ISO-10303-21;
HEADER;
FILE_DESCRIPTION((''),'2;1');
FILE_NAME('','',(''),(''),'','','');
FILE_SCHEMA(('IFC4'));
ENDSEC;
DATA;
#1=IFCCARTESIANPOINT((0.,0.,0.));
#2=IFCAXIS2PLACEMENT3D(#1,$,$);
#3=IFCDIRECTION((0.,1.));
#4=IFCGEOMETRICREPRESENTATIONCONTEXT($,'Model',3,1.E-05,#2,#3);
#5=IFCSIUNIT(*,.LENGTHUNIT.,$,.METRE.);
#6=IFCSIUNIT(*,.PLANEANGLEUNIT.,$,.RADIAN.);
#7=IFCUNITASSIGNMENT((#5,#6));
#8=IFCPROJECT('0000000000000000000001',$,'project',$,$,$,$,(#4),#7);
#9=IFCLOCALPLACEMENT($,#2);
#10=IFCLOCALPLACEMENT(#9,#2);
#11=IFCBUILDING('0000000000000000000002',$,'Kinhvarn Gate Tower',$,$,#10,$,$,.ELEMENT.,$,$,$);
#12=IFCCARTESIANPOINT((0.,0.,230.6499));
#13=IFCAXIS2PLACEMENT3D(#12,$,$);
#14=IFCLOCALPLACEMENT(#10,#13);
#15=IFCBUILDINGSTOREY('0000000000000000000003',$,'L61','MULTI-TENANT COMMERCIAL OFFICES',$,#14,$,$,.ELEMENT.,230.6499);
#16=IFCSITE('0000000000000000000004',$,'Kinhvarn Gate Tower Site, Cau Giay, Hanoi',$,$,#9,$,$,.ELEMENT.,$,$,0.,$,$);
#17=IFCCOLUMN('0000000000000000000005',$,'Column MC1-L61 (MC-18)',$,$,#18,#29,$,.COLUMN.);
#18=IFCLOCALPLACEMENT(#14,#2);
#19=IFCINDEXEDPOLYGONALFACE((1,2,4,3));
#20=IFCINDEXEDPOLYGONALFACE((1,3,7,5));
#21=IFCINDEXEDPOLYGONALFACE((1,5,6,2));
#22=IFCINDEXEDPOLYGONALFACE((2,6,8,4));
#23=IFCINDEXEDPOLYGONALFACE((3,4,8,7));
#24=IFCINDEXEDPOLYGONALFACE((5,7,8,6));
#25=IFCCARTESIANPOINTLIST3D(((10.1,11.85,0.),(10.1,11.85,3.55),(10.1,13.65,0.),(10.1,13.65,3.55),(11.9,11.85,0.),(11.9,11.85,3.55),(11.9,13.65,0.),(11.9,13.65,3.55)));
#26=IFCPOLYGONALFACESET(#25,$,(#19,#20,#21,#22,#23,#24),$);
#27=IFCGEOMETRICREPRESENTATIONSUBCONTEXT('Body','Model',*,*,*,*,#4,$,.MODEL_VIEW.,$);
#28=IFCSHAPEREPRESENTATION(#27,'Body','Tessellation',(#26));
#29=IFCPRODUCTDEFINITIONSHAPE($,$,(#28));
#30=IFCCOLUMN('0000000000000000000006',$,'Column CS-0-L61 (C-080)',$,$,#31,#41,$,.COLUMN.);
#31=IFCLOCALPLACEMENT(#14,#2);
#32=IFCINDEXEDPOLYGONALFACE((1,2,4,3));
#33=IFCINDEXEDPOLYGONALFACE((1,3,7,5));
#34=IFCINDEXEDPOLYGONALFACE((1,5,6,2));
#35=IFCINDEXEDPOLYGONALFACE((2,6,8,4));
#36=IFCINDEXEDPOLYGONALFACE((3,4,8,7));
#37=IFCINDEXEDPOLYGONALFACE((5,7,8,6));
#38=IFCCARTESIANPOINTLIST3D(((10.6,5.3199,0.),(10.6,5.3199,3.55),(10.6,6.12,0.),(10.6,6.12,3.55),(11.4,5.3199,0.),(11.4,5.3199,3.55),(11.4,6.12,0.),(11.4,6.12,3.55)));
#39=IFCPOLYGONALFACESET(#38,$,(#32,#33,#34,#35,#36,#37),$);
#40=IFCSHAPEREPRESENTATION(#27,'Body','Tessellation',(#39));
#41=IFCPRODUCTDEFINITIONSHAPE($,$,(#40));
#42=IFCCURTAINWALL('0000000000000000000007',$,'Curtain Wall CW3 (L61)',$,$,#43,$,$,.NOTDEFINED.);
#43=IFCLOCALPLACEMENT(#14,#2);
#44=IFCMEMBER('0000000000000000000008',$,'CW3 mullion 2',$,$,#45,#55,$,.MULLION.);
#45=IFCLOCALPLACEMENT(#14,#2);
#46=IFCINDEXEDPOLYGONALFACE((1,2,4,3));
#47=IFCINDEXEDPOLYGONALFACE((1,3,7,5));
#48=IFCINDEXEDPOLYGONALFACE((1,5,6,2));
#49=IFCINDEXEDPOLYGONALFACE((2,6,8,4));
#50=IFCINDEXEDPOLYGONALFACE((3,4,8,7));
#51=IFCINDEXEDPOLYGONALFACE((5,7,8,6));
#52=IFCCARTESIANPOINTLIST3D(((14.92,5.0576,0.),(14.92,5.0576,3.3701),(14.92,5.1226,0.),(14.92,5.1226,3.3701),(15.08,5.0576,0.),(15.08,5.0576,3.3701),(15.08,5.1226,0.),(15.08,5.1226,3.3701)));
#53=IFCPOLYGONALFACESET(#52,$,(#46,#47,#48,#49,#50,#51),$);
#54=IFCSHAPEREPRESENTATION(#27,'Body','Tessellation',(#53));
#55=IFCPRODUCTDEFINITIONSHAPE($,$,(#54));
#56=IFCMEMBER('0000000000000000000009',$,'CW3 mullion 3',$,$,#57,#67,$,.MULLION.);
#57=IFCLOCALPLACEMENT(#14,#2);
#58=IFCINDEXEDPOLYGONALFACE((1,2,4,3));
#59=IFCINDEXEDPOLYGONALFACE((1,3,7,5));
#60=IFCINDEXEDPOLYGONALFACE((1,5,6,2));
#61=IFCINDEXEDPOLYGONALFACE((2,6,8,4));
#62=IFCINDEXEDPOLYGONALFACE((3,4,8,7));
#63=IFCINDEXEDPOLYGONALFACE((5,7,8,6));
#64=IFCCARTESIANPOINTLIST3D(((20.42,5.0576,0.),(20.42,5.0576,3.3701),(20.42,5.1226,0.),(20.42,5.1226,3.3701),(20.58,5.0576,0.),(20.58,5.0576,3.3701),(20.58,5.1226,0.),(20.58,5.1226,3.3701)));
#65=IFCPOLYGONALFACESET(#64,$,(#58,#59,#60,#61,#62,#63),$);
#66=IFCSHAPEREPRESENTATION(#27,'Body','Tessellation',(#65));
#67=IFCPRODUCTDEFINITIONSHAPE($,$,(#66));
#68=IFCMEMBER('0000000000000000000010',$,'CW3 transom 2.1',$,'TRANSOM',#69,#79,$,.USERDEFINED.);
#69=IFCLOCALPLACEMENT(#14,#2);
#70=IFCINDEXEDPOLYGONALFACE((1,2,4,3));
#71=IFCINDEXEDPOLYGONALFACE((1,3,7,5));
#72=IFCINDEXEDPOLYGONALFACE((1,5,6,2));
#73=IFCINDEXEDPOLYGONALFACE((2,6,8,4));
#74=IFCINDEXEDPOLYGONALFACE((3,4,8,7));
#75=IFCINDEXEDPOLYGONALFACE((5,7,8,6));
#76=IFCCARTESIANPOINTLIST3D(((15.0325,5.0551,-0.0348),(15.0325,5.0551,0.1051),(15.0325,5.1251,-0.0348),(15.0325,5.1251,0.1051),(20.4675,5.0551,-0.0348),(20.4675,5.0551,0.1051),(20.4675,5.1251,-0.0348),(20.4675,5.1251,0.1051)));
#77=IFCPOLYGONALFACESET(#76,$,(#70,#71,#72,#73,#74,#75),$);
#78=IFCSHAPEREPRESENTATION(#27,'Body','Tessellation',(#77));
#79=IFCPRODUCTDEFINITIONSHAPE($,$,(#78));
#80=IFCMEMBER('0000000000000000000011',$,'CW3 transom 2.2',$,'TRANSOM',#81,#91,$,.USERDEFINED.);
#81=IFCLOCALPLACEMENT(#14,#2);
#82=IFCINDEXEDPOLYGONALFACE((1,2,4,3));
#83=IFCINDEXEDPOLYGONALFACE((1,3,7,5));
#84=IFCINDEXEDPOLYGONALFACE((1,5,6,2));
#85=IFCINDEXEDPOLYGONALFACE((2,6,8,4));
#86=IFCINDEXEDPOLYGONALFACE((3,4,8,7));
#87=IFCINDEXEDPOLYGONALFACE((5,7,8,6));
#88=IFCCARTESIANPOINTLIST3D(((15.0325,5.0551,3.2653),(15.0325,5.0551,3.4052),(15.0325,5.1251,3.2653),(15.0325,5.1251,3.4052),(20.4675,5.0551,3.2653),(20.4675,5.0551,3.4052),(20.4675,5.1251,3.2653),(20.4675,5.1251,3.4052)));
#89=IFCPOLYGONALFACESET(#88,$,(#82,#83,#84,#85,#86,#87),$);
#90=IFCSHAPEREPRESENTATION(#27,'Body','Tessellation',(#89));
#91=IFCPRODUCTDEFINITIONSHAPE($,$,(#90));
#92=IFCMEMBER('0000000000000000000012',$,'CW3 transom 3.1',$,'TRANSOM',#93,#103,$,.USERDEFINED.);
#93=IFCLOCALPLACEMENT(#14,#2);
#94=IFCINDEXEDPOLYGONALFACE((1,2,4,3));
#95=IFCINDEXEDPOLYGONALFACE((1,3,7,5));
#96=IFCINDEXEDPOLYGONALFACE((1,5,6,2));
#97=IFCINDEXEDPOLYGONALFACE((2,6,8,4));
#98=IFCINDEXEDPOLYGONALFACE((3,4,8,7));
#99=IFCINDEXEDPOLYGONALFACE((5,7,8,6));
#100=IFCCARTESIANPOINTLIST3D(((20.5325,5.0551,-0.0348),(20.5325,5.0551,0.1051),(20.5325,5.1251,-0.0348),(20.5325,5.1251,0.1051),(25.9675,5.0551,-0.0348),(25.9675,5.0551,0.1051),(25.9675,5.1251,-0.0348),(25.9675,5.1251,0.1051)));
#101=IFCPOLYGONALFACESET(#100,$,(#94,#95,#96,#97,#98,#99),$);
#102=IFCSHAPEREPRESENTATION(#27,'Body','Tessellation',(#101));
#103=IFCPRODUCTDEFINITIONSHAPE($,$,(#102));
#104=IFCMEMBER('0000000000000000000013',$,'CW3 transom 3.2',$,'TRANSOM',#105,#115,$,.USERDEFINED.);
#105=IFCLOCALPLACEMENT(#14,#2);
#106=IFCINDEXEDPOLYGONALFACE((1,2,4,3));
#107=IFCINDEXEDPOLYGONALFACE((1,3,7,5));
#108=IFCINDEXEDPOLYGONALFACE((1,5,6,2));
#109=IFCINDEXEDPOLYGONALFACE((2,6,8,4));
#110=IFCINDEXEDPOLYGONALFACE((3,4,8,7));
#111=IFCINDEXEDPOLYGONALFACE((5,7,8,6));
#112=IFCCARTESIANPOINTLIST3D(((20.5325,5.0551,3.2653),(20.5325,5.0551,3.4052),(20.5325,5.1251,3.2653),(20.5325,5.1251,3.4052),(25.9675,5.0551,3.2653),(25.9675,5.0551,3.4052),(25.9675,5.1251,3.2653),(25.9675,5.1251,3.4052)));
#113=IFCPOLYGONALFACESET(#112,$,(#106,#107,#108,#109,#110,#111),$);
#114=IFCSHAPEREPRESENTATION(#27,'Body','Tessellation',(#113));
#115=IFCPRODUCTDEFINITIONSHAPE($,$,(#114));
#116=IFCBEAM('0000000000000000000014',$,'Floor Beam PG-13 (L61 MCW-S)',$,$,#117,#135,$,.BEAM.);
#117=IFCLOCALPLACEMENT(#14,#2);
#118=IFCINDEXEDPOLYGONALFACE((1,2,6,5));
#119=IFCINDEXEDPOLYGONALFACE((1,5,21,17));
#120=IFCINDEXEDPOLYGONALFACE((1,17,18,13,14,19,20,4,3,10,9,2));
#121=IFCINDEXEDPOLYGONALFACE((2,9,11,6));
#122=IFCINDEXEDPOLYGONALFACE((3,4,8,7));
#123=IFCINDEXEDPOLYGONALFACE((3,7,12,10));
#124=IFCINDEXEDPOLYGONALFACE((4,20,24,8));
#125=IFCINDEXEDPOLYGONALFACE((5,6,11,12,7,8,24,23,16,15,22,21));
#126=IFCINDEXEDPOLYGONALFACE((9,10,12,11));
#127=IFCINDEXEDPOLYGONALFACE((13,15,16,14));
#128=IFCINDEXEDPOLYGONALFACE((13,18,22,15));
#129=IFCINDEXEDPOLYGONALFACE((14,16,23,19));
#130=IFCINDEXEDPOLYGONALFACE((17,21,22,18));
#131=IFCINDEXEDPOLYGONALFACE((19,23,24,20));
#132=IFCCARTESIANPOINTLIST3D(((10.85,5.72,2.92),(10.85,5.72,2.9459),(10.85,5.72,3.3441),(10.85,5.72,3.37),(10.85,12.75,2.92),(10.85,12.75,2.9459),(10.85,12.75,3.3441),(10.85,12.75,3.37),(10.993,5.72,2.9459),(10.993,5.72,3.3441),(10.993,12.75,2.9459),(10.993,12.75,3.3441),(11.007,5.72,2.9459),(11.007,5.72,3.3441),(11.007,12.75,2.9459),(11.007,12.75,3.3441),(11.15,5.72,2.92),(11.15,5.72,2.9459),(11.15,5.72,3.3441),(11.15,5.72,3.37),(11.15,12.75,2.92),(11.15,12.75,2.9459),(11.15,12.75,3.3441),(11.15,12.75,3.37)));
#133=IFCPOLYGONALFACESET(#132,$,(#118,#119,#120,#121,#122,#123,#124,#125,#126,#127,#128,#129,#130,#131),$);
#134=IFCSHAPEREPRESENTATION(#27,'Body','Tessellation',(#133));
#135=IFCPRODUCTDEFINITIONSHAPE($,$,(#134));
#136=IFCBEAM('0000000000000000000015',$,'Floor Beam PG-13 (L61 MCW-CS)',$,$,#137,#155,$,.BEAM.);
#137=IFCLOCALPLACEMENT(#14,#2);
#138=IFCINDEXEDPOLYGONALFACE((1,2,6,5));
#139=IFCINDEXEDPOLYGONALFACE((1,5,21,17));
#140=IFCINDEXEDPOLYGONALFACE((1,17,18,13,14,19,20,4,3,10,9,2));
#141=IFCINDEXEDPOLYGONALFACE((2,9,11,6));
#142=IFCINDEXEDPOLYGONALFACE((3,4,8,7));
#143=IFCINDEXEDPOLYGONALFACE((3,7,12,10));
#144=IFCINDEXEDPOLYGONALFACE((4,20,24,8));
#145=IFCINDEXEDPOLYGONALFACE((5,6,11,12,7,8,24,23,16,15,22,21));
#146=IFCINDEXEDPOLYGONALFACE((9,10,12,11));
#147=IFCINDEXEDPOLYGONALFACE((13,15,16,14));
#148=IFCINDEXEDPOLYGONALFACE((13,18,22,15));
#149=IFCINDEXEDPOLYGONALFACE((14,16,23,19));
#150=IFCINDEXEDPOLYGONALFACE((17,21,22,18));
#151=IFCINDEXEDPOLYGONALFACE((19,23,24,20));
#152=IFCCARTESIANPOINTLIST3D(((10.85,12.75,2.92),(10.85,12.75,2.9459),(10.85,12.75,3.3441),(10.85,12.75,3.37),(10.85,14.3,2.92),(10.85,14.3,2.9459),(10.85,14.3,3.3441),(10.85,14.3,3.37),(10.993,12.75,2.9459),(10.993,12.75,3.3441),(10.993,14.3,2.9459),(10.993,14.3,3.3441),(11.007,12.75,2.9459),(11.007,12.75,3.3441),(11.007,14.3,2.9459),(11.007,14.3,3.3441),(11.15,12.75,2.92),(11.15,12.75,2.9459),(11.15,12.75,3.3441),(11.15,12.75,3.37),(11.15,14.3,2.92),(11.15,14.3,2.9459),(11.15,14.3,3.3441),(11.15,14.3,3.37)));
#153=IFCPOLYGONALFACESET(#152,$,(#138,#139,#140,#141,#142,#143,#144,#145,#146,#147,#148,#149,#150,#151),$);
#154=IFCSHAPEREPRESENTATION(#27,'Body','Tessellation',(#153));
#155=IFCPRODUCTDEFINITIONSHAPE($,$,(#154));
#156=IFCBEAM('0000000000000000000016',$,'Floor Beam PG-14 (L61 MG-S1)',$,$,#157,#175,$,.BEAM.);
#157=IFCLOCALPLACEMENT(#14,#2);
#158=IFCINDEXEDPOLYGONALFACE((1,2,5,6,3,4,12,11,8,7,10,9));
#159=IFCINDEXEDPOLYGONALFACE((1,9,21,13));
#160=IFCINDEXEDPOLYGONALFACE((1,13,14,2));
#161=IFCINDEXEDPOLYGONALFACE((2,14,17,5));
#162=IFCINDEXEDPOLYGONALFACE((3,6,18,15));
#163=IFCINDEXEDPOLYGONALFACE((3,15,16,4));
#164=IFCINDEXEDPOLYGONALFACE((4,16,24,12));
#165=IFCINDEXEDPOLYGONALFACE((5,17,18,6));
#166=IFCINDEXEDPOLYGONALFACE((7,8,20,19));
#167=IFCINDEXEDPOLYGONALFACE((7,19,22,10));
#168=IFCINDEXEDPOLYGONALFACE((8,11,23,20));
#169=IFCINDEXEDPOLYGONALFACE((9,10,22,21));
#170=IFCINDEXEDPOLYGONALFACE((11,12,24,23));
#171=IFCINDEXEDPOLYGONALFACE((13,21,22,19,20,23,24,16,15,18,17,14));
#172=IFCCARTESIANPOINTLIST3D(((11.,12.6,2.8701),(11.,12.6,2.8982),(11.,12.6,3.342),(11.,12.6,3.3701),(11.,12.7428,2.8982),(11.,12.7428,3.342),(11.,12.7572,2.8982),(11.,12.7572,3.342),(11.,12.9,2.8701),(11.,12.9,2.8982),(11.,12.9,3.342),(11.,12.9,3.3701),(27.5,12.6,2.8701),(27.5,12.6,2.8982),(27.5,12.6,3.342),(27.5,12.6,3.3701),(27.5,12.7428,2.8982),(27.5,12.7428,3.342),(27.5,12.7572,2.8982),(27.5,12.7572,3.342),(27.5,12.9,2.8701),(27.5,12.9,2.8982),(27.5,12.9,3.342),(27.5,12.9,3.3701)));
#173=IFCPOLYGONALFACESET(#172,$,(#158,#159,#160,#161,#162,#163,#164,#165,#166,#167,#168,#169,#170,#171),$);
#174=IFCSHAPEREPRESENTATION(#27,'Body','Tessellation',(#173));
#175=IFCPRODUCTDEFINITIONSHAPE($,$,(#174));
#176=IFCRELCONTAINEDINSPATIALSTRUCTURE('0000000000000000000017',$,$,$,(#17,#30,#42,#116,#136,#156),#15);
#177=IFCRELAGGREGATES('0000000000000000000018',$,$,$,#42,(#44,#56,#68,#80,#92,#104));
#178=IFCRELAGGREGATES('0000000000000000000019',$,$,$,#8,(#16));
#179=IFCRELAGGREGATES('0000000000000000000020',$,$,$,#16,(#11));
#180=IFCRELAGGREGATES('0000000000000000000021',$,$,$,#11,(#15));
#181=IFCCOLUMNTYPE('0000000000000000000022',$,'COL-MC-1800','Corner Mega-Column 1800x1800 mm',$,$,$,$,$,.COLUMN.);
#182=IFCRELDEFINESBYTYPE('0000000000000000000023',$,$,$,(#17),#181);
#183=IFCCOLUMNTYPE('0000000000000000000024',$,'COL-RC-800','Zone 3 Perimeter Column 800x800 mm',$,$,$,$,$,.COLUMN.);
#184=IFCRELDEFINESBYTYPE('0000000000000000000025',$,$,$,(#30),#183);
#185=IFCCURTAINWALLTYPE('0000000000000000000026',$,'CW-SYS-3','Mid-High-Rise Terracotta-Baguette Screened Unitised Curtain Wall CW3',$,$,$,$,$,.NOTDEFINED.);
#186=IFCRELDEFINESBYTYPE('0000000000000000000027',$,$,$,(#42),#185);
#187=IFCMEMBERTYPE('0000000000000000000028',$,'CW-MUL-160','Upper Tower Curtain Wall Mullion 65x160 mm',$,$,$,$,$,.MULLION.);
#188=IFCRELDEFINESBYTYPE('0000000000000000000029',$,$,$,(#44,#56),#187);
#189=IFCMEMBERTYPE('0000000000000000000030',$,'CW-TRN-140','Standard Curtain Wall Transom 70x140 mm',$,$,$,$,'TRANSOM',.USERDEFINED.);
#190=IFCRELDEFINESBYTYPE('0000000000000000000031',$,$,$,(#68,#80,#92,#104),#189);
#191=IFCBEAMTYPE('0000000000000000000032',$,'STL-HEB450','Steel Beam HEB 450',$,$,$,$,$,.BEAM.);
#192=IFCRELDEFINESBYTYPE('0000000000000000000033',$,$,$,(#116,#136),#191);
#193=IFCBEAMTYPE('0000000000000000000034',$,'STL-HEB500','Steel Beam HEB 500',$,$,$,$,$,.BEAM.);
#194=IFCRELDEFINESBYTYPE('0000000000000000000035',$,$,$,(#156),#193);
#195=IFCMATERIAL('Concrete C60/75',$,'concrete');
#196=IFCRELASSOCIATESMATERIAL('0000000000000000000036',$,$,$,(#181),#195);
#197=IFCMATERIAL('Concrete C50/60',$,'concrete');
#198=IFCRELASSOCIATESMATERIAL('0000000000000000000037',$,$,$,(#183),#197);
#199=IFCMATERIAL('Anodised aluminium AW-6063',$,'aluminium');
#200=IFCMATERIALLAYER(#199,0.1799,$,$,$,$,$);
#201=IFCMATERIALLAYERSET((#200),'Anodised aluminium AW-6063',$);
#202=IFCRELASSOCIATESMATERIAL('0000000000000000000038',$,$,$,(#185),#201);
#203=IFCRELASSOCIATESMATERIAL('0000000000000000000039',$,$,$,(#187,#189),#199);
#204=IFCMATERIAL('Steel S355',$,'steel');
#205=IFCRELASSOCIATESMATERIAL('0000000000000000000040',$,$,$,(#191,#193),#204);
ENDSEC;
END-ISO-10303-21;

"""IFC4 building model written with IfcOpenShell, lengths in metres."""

from ifc_helpers import new_model, si_unit, direction, frame, origin, origin_2d, place, context, subcontext, project, spatial, rectangle, i_section, extrude, material, layer, layer_set, material_profile, profile_set, type_object, element, aggregate, save


model = new_model("IFC4")

# Units and contexts
model_context = context("Model", 3, precision=1e-05, world=origin(), true_north=direction((0.0, 1.0)))
body_context = subcontext(model_context, "Body", "Model", "MODEL_VIEW")
ifc_project = project(units=[si_unit("LENGTHUNIT", "METRE"), si_unit("PLANEANGLEUNIT", "RADIAN")], contexts=[model_context])

# Site, building, storey
site_placement = place(None, origin())
site = spatial("IfcSite", under=ifc_project, at=site_placement, Name="Kinhvarn Gate Tower Site, Cau Giay, Hanoi", CompositionType="ELEMENT", RefElevation=0.0)
building_placement = place(site_placement, origin())
building = spatial("IfcBuilding", under=site, at=building_placement, Name="Kinhvarn Gate Tower", CompositionType="ELEMENT")
storey_placement = place(building_placement, frame((0.0, 0.0, 230.6499)))
storey = spatial("IfcBuildingStorey", under=building, at=storey_placement, Name="L61", Description="MULTI-TENANT COMMERCIAL OFFICES", CompositionType="ELEMENT", Elevation=230.6499)

# Columns
ifc_material_1 = material(Name="Concrete C60/75", Category="concrete")
ifc_material_profile_1 = material_profile(ifc_material_1, rectangle(XDim=1.8, YDim=1.8, at=origin_2d()), Name="RC 1800x1800")
ifc_profile_set_1 = profile_set([ifc_material_profile_1], Name="Concrete C60/75")
column_type_1 = type_object("IfcColumnType", Name="COL-MC-1800", Description="Corner Mega-Column 1800x1800 mm", PredefinedType="COLUMN", material=ifc_profile_set_1)
column_1_placement = place(storey_placement, frame((11.0, 12.75, 0.0), z_axis=(0.0, 0.0, 1.0), x_axis=(1.0, 0.0, 0.0)))
element("IfcColumn", 1, at=column_1_placement, inside=storey, type_object=column_type_1, Name="Column MC1-L61 (MC-18)", PredefinedType="COLUMN", context=body_context, shape_type="SweptSolid", body=[
    extrude(rectangle(XDim=1.8, YDim=1.8, at=origin_2d()), origin(), (0.0, 0.0, 1.0), 3.55),
])
ifc_material_2 = material(Name="Concrete C50/60", Category="concrete")
ifc_material_profile_2 = material_profile(ifc_material_2, rectangle(XDim=0.8, YDim=0.8, at=origin_2d()), Name="RC 800x800")
ifc_profile_set_2 = profile_set([ifc_material_profile_2], Name="Concrete C50/60")
column_type_2 = type_object("IfcColumnType", Name="COL-RC-800", Description="Zone 3 Perimeter Column 800x800 mm", PredefinedType="COLUMN", material=ifc_profile_set_2)
column_2_placement = place(storey_placement, frame((11.0, 5.72, 0.0), z_axis=(0.0, 0.0, 1.0), x_axis=(1.0, 0.0, 0.0)))
element("IfcColumn", 2, at=column_2_placement, inside=storey, type_object=column_type_2, Name="Column CS-0-L61 (C-080)", PredefinedType="COLUMN", context=body_context, shape_type="SweptSolid", body=[
    extrude(rectangle(XDim=0.8, YDim=0.8, at=origin_2d()), origin(), (0.0, 0.0, 1.0), 3.55),
])

# Curtain wall, members
ifc_material_3 = material(Name="Anodised aluminium AW-6063", Category="aluminium")
ifc_layer_1 = layer(ifc_material_3, 0.1799)
ifc_layer_set_1 = layer_set([ifc_layer_1], Name="Anodised aluminium AW-6063")
curtain_wall_type = type_object("IfcCurtainWallType", Name="CW-SYS-3", Description="Mid-High-Rise Terracotta-Baguette Screened Unitised Curtain Wall CW3", PredefinedType="NOTDEFINED", material=ifc_layer_set_1)
curtain_wall_placement = place(storey_placement, origin())
curtain_wall = element("IfcCurtainWall", 3, at=curtain_wall_placement, inside=storey, type_object=curtain_wall_type, Name="Curtain Wall CW3 (L61)", PredefinedType="NOTDEFINED")
ifc_material_profile_3 = material_profile(ifc_material_3, rectangle(XDim=0.0649, YDim=0.1599, at=origin_2d()), Name="ALU 65x160")
ifc_profile_set_3 = profile_set([ifc_material_profile_3], Name="Anodised aluminium AW-6063")
member_type_1 = type_object("IfcMemberType", Name="CW-MUL-160", Description="Upper Tower Curtain Wall Mullion 65x160 mm", PredefinedType="MULLION", material=ifc_profile_set_3)
member_1_placement = place(storey_placement, frame((15.0, 5.0901, 0.0), z_axis=(0.0, 0.0, 1.0), x_axis=(0.0, 1.0, 0.0)))
member_1 = element("IfcMember", 4, at=member_1_placement, type_object=member_type_1, Name="CW3 mullion 2", PredefinedType="MULLION", context=body_context, shape_type="SweptSolid", body=[
    extrude(rectangle(XDim=0.0649, YDim=0.1599, at=origin_2d()), origin(), (0.0, 0.0, 1.0), 3.3701),
])
member_2_placement = place(storey_placement, frame((20.5, 5.0901, 0.0), z_axis=(0.0, 0.0, 1.0), x_axis=(0.0, 1.0, 0.0)))
member_2 = element("IfcMember", 5, at=member_2_placement, type_object=member_type_1, Name="CW3 mullion 3", PredefinedType="MULLION", context=body_context, shape_type="SweptSolid", body=[
    extrude(rectangle(XDim=0.0649, YDim=0.1599, at=origin_2d()), origin(), (0.0, 0.0, 1.0), 3.3701),
])
ifc_material_profile_4 = material_profile(ifc_material_3, rectangle(XDim=0.0701, YDim=0.1399, at=origin_2d()), Name="ALU 70x140")
ifc_profile_set_4 = profile_set([ifc_material_profile_4], Name="Anodised aluminium AW-6063")
member_type_2 = type_object("IfcMemberType", Name="CW-TRN-140", Description="Standard Curtain Wall Transom 70x140 mm", ElementType="TRANSOM", PredefinedType="USERDEFINED", material=ifc_profile_set_4)
member_3_placement = place(storey_placement, frame((15.0325, 5.0901, 0.0352), z_axis=(1.0, 0.0, 0.0), x_axis=(0.0, 1.0, 0.0)))
member_3 = element("IfcMember", 6, at=member_3_placement, type_object=member_type_2, Name="CW3 transom 2.1", ObjectType="TRANSOM", PredefinedType="USERDEFINED", context=body_context, shape_type="SweptSolid", body=[
    extrude(rectangle(XDim=0.0701, YDim=0.1399, at=origin_2d()), origin(), (0.0, 0.0, 1.0), 5.4351),
])
member_4_placement = place(storey_placement, frame((15.0325, 5.0901, 3.3352), z_axis=(1.0, 0.0, 0.0), x_axis=(0.0, 1.0, 0.0)))
member_4 = element("IfcMember", 7, at=member_4_placement, type_object=member_type_2, Name="CW3 transom 2.2", ObjectType="TRANSOM", PredefinedType="USERDEFINED", context=body_context, shape_type="SweptSolid", body=[
    extrude(rectangle(XDim=0.0701, YDim=0.1399, at=origin_2d()), origin(), (0.0, 0.0, 1.0), 5.4351),
])
member_5_placement = place(storey_placement, frame((20.5325, 5.0901, 0.0352), z_axis=(1.0, 0.0, 0.0), x_axis=(0.0, 1.0, 0.0)))
member_5 = element("IfcMember", 8, at=member_5_placement, type_object=member_type_2, Name="CW3 transom 3.1", ObjectType="TRANSOM", PredefinedType="USERDEFINED", context=body_context, shape_type="SweptSolid", body=[
    extrude(rectangle(XDim=0.0701, YDim=0.1399, at=origin_2d()), origin(), (0.0, 0.0, 1.0), 5.4351),
])
member_6_placement = place(storey_placement, frame((20.5325, 5.0901, 3.3352), z_axis=(1.0, 0.0, 0.0), x_axis=(0.0, 1.0, 0.0)))
member_6 = element("IfcMember", 9, at=member_6_placement, type_object=member_type_2, Name="CW3 transom 3.2", ObjectType="TRANSOM", PredefinedType="USERDEFINED", context=body_context, shape_type="SweptSolid", body=[
    extrude(rectangle(XDim=0.0701, YDim=0.1399, at=origin_2d()), origin(), (0.0, 0.0, 1.0), 5.4351),
])

# Beams
ifc_material_4 = material(Name="Steel S355", Category="steel")
ifc_material_profile_5 = material_profile(ifc_material_4, i_section(OverallWidth=0.3, OverallDepth=0.45, WebThickness=0.0139, FlangeThickness=0.0259, at=origin_2d()), Name="HEB 450")
ifc_profile_set_5 = profile_set([ifc_material_profile_5], Name="Steel S355")
beam_type_1 = type_object("IfcBeamType", Name="STL-HEB450", Description="Steel Beam HEB 450", PredefinedType="BEAM", material=ifc_profile_set_5)
beam_1_placement = place(storey_placement, frame((11.0, 5.72, 3.145), z_axis=(0.0, 1.0, 0.0), x_axis=(-1.0, 0.0, 0.0)))
element("IfcBeam", 10, at=beam_1_placement, inside=storey, type_object=beam_type_1, Name="Floor Beam PG-13 (L61 MCW-S)", PredefinedType="BEAM", context=body_context, shape_type="SweptSolid", body=[
    extrude(i_section(OverallWidth=0.3, OverallDepth=0.45, WebThickness=0.0139, FlangeThickness=0.0259, at=origin_2d()), origin(), (0.0, 0.0, 1.0), 7.03),
])
beam_2_placement = place(storey_placement, frame((11.0, 12.75, 3.145), z_axis=(0.0, 1.0, 0.0), x_axis=(-1.0, 0.0, 0.0)))
element("IfcBeam", 11, at=beam_2_placement, inside=storey, type_object=beam_type_1, Name="Floor Beam PG-13 (L61 MCW-CS)", PredefinedType="BEAM", context=body_context, shape_type="SweptSolid", body=[
    extrude(i_section(OverallWidth=0.3, OverallDepth=0.45, WebThickness=0.0139, FlangeThickness=0.0259, at=origin_2d()), origin(), (0.0, 0.0, 1.0), 1.55),
])
ifc_material_profile_6 = material_profile(ifc_material_4, i_section(OverallWidth=0.3, OverallDepth=0.5, WebThickness=0.0144, FlangeThickness=0.0281, at=origin_2d()), Name="HEB 500")
ifc_profile_set_6 = profile_set([ifc_material_profile_6], Name="Steel S355")
beam_type_2 = type_object("IfcBeamType", Name="STL-HEB500", Description="Steel Beam HEB 500", PredefinedType="BEAM", material=ifc_profile_set_6)
beam_3_placement = place(storey_placement, frame((11.0, 12.75, 3.1201), z_axis=(1.0, 0.0, 0.0), x_axis=(0.0, 1.0, 0.0)))
element("IfcBeam", 12, at=beam_3_placement, inside=storey, type_object=beam_type_2, Name="Floor Beam PG-14 (L61 MG-S1)", PredefinedType="BEAM", context=body_context, shape_type="SweptSolid", body=[
    extrude(i_section(OverallWidth=0.3, OverallDepth=0.5, WebThickness=0.0144, FlangeThickness=0.0281, at=origin_2d()), origin(), (0.0, 0.0, 1.0), 16.5),
])

aggregate(curtain_wall, [member_1, member_2, member_3, member_4, member_5, member_6])

save(model, "model.ifc")
